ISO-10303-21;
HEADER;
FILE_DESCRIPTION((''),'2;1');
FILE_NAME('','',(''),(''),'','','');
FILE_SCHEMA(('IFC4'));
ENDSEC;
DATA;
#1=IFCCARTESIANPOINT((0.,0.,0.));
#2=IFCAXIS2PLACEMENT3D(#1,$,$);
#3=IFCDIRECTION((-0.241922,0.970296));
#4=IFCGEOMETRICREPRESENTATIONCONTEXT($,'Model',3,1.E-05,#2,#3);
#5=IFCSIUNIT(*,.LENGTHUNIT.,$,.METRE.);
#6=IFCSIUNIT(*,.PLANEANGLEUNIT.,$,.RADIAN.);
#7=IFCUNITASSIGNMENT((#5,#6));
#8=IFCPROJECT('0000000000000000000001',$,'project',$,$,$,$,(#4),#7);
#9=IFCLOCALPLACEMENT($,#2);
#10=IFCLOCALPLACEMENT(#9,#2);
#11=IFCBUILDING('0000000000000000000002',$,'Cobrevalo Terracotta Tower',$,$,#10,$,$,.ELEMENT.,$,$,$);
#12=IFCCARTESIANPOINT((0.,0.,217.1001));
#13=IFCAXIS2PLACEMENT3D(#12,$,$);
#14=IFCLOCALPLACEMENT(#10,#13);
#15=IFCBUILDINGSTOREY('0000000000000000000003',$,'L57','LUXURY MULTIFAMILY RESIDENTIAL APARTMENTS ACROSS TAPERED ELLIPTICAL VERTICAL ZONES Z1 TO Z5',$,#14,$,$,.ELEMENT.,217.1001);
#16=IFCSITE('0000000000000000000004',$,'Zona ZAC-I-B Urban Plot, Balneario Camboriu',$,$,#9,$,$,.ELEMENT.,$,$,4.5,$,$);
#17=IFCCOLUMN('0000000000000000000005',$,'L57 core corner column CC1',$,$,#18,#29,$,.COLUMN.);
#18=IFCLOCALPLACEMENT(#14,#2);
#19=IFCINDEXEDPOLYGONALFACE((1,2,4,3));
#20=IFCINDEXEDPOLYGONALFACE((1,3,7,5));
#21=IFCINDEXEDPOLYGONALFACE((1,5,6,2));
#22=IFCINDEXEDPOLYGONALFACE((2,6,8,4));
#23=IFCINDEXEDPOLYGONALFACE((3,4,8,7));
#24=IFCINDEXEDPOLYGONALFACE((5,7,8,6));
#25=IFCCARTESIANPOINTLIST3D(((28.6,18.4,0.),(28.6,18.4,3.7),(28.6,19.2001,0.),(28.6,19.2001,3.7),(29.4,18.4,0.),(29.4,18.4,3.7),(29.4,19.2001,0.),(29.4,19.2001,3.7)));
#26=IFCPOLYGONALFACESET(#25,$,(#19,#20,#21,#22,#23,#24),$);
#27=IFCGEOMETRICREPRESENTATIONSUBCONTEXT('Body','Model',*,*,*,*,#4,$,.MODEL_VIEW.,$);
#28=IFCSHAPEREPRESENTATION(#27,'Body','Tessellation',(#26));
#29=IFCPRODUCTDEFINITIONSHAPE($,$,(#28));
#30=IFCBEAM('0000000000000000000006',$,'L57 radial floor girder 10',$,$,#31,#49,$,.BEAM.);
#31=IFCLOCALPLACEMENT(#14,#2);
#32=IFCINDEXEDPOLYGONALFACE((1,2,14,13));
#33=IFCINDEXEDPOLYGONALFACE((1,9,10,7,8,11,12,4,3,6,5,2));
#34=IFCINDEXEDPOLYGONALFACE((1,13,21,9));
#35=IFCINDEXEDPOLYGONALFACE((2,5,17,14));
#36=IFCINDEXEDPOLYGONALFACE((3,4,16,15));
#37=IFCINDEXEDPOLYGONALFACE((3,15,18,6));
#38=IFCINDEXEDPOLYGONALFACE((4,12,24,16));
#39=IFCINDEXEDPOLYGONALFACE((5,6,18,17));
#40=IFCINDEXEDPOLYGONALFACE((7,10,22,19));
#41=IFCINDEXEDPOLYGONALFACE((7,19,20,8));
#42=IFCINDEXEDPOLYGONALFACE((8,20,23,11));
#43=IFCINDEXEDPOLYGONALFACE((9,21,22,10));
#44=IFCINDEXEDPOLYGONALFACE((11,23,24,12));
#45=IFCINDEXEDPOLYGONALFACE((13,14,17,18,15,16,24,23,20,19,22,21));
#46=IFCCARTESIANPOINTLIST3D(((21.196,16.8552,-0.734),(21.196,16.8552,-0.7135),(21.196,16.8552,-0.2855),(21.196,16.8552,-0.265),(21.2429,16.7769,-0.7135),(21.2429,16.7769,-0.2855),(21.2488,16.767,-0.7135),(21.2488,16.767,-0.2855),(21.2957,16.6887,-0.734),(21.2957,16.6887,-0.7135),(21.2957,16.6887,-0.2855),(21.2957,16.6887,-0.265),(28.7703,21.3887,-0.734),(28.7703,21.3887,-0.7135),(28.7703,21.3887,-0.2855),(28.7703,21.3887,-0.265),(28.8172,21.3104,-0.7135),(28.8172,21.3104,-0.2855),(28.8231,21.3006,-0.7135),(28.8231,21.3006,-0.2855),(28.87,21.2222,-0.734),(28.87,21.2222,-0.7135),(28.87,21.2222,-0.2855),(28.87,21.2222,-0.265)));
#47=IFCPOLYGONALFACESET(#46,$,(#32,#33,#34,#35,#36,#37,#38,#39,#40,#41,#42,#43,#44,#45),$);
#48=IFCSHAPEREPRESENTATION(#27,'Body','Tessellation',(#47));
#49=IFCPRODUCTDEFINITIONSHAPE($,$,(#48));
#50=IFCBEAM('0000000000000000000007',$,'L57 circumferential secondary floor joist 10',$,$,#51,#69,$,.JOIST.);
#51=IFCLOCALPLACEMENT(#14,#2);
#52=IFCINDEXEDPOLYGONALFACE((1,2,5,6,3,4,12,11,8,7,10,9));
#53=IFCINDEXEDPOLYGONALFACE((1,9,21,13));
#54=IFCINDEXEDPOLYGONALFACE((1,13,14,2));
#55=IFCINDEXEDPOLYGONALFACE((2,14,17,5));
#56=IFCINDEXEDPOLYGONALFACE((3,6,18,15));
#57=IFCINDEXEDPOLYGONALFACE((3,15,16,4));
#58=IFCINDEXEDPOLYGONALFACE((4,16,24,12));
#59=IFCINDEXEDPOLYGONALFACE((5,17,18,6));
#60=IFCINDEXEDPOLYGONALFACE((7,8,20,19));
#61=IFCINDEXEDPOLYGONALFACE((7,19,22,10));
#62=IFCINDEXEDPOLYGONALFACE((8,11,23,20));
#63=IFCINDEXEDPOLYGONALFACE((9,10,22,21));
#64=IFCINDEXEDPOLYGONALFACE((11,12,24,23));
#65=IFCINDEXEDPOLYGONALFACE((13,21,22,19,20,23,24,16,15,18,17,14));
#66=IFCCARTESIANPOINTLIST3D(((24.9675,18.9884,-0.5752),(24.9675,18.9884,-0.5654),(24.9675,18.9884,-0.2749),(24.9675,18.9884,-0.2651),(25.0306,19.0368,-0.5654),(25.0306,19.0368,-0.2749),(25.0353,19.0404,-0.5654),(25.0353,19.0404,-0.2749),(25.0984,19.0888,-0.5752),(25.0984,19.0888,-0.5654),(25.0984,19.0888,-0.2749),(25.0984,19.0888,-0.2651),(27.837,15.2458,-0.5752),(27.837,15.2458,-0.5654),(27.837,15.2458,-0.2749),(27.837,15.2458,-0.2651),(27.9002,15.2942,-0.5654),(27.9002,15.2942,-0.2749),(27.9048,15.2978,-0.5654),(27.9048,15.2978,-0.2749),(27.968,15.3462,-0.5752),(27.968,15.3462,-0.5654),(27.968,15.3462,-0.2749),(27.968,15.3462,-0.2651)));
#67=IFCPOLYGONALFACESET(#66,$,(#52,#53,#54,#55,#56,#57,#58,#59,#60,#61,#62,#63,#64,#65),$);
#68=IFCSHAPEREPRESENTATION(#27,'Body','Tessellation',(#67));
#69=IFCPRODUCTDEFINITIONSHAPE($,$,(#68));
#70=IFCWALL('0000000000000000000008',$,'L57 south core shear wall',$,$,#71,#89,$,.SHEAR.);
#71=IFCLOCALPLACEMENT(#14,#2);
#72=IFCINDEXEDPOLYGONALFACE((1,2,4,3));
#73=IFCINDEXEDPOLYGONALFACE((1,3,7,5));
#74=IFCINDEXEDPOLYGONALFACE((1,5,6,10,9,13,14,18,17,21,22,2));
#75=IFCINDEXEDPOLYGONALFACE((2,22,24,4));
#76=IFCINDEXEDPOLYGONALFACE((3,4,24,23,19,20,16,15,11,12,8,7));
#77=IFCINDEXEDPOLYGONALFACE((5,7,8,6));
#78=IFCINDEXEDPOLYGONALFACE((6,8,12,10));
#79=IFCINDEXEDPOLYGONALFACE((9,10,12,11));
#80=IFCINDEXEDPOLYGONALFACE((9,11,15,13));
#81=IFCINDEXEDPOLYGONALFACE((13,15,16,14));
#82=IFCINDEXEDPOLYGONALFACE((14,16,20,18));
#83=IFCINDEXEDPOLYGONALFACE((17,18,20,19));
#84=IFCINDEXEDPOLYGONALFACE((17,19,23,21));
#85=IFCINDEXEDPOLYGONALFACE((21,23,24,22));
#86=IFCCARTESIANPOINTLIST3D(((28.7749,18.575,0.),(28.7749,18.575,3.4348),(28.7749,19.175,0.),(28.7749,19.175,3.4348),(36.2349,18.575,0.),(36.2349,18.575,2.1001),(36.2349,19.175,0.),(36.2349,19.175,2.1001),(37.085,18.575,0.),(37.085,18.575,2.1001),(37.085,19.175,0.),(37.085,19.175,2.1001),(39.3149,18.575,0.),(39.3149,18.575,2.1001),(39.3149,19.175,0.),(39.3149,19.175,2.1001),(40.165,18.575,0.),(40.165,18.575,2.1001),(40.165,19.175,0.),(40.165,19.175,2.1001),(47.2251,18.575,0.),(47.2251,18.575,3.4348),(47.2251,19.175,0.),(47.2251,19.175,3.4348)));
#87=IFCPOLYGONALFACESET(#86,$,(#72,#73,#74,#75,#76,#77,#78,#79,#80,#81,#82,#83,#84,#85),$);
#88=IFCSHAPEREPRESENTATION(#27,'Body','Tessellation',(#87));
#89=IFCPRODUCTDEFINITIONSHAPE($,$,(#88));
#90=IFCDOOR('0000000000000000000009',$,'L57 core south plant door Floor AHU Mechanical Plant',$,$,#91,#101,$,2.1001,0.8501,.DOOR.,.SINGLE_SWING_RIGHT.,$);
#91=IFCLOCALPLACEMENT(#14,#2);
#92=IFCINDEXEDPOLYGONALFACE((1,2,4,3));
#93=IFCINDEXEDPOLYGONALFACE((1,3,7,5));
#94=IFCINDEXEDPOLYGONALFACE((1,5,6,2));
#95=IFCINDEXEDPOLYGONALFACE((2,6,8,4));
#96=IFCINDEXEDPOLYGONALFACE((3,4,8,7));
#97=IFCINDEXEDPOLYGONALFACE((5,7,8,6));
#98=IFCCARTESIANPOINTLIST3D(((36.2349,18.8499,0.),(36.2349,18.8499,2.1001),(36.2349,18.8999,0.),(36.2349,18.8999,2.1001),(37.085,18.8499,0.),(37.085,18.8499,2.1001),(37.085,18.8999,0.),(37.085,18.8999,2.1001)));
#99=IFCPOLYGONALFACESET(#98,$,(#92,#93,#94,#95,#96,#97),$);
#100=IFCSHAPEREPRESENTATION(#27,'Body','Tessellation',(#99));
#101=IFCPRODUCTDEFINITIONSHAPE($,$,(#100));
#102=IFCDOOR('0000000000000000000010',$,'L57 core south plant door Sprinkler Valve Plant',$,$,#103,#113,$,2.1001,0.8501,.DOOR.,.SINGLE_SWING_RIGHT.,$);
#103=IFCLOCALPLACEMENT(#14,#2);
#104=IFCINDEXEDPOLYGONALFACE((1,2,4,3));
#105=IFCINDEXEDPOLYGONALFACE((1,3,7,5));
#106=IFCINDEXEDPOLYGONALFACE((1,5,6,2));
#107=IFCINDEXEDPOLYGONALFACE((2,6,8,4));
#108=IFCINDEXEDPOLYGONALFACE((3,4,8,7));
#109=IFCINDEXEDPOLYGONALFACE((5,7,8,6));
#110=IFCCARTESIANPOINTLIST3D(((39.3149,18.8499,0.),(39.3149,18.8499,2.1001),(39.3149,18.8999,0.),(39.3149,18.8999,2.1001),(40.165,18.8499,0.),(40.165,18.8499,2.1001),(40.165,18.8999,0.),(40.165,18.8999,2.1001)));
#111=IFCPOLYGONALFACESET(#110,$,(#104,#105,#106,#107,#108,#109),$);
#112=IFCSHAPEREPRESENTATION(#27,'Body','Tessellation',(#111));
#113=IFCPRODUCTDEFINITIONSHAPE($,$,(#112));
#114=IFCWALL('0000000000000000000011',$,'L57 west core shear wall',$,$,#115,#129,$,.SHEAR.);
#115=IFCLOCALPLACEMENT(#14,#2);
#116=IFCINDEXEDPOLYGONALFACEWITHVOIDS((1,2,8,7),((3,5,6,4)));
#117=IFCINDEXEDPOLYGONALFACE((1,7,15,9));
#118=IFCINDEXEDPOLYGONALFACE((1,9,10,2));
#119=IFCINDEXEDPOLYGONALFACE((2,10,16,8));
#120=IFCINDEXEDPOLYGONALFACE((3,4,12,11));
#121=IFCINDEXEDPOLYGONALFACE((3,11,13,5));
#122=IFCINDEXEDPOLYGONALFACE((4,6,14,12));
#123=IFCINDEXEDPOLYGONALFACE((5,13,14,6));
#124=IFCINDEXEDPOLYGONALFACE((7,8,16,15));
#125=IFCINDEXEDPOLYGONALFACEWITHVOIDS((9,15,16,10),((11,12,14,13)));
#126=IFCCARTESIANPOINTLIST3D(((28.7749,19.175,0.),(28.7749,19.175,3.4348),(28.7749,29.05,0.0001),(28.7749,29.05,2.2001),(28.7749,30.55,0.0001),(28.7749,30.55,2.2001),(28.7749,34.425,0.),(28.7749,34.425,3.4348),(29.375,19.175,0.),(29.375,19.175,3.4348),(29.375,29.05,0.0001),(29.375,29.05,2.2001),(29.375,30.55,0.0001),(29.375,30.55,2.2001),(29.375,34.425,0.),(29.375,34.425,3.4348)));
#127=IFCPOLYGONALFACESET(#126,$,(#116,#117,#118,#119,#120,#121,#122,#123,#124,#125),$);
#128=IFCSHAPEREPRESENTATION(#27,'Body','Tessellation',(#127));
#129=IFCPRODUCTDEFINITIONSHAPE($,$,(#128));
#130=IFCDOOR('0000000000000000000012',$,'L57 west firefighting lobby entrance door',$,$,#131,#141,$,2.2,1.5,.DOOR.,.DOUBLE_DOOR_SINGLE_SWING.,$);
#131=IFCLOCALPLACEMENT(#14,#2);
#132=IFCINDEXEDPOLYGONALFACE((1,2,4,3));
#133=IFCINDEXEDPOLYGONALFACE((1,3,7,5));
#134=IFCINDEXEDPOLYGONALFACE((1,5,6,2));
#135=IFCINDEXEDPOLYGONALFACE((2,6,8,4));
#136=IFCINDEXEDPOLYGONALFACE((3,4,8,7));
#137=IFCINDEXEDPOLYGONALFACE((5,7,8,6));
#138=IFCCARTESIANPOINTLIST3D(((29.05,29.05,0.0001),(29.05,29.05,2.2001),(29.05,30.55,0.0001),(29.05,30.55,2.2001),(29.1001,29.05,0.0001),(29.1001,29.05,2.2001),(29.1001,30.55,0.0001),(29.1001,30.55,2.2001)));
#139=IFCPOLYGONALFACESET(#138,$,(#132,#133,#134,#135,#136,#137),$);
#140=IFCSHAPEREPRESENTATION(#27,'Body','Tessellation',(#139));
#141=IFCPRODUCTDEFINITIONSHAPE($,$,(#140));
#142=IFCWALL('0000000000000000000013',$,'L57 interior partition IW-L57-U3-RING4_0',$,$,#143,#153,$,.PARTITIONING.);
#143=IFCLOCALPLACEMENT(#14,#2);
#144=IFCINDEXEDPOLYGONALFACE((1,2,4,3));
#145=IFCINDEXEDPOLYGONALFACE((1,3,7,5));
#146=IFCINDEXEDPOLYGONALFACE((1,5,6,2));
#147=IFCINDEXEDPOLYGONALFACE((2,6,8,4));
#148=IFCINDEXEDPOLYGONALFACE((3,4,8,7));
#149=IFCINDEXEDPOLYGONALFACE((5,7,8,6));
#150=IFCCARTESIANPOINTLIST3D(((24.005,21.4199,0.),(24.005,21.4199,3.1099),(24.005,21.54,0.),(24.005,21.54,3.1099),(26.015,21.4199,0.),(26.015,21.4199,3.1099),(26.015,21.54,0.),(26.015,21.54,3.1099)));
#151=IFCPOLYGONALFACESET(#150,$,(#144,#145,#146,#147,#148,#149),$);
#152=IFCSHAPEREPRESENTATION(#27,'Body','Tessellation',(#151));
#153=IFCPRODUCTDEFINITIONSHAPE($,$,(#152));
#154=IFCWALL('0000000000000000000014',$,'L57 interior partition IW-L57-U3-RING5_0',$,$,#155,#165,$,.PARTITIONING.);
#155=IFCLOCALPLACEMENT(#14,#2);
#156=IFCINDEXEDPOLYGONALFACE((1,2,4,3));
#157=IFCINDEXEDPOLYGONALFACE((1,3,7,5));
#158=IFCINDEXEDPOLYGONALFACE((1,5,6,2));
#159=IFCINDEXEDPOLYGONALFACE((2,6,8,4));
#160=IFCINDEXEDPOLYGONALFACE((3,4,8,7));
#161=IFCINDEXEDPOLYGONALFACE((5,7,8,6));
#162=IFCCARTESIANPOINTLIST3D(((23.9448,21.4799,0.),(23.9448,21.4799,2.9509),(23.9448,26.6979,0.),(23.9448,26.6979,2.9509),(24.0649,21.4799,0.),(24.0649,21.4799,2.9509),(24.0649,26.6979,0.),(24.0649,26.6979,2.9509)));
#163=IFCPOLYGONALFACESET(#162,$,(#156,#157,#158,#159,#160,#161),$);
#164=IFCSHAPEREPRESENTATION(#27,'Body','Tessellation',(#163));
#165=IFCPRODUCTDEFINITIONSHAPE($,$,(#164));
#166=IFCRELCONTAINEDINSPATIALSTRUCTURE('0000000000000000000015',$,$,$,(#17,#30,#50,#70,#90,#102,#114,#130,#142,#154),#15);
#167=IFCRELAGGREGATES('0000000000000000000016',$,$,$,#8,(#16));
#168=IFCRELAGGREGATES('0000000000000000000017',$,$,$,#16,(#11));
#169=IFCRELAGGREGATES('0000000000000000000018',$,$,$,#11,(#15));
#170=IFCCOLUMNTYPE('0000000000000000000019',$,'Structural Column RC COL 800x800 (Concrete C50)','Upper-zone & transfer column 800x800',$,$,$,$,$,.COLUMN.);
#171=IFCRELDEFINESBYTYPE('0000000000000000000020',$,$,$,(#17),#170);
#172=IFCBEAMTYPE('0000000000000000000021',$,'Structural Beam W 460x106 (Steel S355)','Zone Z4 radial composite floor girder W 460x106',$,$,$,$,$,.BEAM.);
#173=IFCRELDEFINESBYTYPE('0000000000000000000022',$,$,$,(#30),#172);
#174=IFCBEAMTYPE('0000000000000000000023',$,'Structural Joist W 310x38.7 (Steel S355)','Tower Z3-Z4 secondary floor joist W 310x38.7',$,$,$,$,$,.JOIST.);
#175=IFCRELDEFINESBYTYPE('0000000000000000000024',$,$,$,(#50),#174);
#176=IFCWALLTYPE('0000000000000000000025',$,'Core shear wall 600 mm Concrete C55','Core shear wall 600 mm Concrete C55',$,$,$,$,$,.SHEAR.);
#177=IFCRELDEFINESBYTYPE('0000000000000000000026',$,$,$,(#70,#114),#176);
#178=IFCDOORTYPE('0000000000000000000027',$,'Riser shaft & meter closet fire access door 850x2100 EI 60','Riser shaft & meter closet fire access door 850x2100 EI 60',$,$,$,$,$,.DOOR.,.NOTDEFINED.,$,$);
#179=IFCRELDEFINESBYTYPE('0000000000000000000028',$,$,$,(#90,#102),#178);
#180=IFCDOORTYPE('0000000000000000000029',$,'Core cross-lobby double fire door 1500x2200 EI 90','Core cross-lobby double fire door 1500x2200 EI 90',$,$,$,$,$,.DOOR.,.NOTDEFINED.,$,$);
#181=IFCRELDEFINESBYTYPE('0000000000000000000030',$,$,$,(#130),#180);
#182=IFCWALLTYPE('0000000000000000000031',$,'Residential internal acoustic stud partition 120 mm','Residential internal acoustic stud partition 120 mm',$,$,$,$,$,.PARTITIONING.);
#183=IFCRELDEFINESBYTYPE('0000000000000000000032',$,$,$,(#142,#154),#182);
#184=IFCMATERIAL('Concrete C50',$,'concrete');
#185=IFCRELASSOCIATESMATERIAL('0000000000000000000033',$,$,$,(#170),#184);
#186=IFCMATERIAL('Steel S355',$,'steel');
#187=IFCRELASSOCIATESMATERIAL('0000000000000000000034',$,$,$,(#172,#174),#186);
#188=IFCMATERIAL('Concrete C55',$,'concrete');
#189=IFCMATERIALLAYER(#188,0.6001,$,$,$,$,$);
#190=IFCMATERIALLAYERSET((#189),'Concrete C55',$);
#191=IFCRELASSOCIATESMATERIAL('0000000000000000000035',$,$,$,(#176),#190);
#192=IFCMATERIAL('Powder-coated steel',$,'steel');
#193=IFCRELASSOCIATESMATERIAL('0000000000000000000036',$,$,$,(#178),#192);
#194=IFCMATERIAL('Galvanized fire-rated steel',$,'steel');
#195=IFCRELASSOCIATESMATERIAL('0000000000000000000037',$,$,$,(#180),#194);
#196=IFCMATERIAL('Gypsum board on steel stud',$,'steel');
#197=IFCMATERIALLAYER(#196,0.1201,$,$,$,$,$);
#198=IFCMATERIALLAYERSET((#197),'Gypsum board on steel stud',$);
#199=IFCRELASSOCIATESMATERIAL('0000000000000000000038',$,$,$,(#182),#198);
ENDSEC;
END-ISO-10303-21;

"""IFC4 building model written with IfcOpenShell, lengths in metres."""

from ifc_helpers import new_model, si_unit, direction, frame, frame_2d, origin, origin_2d, place, context, subcontext, project, spatial, rectangle, i_section, extrude, source, transform, mapped, material, layer, layer_set, material_profile, profile_set, type_object, element, fill, save


model = new_model("IFC4")

# Units and contexts
model_context = context("Model", 3, precision=1e-05, world=origin(), true_north=direction((-0.241922, 0.970296)))
body_context = subcontext(model_context, "Body", "Model", "MODEL_VIEW")
ifc_project = project(units=[si_unit("LENGTHUNIT", "METRE"), si_unit("PLANEANGLEUNIT", "RADIAN")], contexts=[model_context])

# Site, building, storey
site_placement = place(None, origin())
site = spatial("IfcSite", under=ifc_project, at=site_placement, Name="Zona ZAC-I-B Urban Plot, Balneario Camboriu", CompositionType="ELEMENT", RefElevation=4.5)
building_placement = place(site_placement, origin())
building = spatial("IfcBuilding", under=site, at=building_placement, Name="Cobrevalo Terracotta Tower", CompositionType="ELEMENT")
storey_placement = place(building_placement, frame((0.0, 0.0, 217.1001)))
storey = spatial("IfcBuildingStorey", under=building, at=storey_placement, Name="L57", Description="LUXURY MULTIFAMILY RESIDENTIAL APARTMENTS ACROSS TAPERED ELLIPTICAL VERTICAL ZONES Z1 TO Z5", CompositionType="ELEMENT", Elevation=217.1001)

# Column
ifc_material_1 = material(Name="Concrete C50", Category="concrete")
ifc_material_profile_1 = material_profile(ifc_material_1, rectangle(XDim=0.8, YDim=0.8, at=origin_2d()), Name="RC COL 800x800")
ifc_profile_set_1 = profile_set([ifc_material_profile_1], Name="Concrete C50")
column_type = type_object("IfcColumnType", Name="Structural Column RC COL 800x800 (Concrete C50)", Description="Upper-zone & transfer column 800x800", PredefinedType="COLUMN", material=ifc_profile_set_1)
column_placement = place(storey_placement, frame((29.0, 18.8, 0.0), z_axis=(0.0, 0.0, 1.0), x_axis=(1.0, 0.0, 0.0)))
element("IfcColumn", 1, at=column_placement, inside=storey, type_object=column_type, Name="L57 core corner column CC1", PredefinedType="COLUMN", context=body_context, shape_type="SweptSolid", body=[
    extrude(rectangle(XDim=0.8, YDim=0.8, at=origin_2d()), origin(), (0.0, 0.0, 1.0), 3.7),
])

# Beams
ifc_material_2 = material(Name="Steel S355", Category="steel")
ifc_material_profile_2 = material_profile(ifc_material_2, i_section(OverallWidth=0.1941, OverallDepth=0.469, WebThickness=0.0115, FlangeThickness=0.0205, at=origin_2d()), Name="W 460x106")
ifc_profile_set_2 = profile_set([ifc_material_profile_2], Name="Steel S355")
beam_type_1 = type_object("IfcBeamType", Name="Structural Beam W 460x106 (Steel S355)", Description="Zone Z4 radial composite floor girder W 460x106", PredefinedType="BEAM", material=ifc_profile_set_2)
beam_1_placement = place(storey_placement, frame((21.2458, 16.772, -0.4995), z_axis=(0.858046, 0.513572, 0.0), x_axis=(-0.513572, 0.858046, 0.0)))
element("IfcBeam", 2, at=beam_1_placement, inside=storey, type_object=beam_type_1, Name="L57 radial floor girder 10", PredefinedType="BEAM", context=body_context, shape_type="SweptSolid", body=[
    extrude(i_section(OverallWidth=0.1941, OverallDepth=0.469, WebThickness=0.0115, FlangeThickness=0.0205, at=origin_2d()), origin(), (0.0, 0.0, 1.0), 8.8274),
])
ifc_material_profile_3 = material_profile(ifc_material_2, i_section(OverallWidth=0.165, OverallDepth=0.3101, WebThickness=0.0059, FlangeThickness=0.0098, at=origin_2d()), Name="W 310x38.7")
ifc_profile_set_3 = profile_set([ifc_material_profile_3], Name="Steel S355")
beam_type_2 = type_object("IfcBeamType", Name="Structural Joist W 310x38.7 (Steel S355)", Description="Tower Z3-Z4 secondary floor joist W 310x38.7", PredefinedType="JOIST", material=ifc_profile_set_3)
beam_2_placement = place(storey_placement, frame((25.033, 19.0386, -0.4202), z_axis=(0.608464, -0.793581, 0.0), x_axis=(0.793581, 0.608464, 0.0)))
element("IfcBeam", 3, at=beam_2_placement, inside=storey, type_object=beam_type_2, Name="L57 circumferential secondary floor joist 10", PredefinedType="JOIST", context=body_context, shape_type="SweptSolid", body=[
    extrude(i_section(OverallWidth=0.165, OverallDepth=0.3101, WebThickness=0.0059, FlangeThickness=0.0098, at=origin_2d()), origin(), (0.0, 0.0, 1.0), 4.7161),
])

# Wall, openings, doors
ifc_material_3 = material(Name="Concrete C55", Category="concrete")
ifc_layer_1 = layer(ifc_material_3, 0.6001)
ifc_layer_set_1 = layer_set([ifc_layer_1], Name="Concrete C55")
wall_type_1 = type_object("IfcWallType", Name="Core shear wall 600 mm Concrete C55", Description="Core shear wall 600 mm Concrete C55", PredefinedType="SHEAR", material=ifc_layer_set_1)
wall_1_placement = place(storey_placement, frame((28.7749, 18.875, 0.0), z_axis=(0.0, 0.0, 1.0), x_axis=(1.0, 0.0, 0.0)))
wall_1 = element("IfcWall", 4, at=wall_1_placement, inside=storey, type_object=wall_type_1, Name="L57 south core shear wall", PredefinedType="SHEAR", context=body_context, shape_type="SweptSolid", body=[
    extrude(rectangle(XDim=18.4502, YDim=0.6001, at=frame_2d((9.2251, 0.0))), origin(), (0.0, 0.0, 1.0), 3.4348),
])
opening_1_placement = place(wall_1_placement, frame((7.46, 0.0, 0.0)))
opening_1 = element("IfcOpeningElement", 5, at=opening_1_placement, cuts=wall_1, PredefinedType="OPENING", context=body_context, shape_type="SweptSolid", body=[
    extrude(rectangle(XDim=0.8501, YDim=2.1001, at=frame_2d((0.425, 1.05))), frame((0.0, 0.3101, 0.0), z_axis=(0.0, -1.0, 0.0), x_axis=(1.0, 0.0, 0.0)), (0.0, 0.0, 1.0), 0.6201),
])
opening_2_placement = place(wall_1_placement, frame((10.54, 0.0, 0.0)))
opening_2 = element("IfcOpeningElement", 6, at=opening_2_placement, cuts=wall_1, PredefinedType="OPENING", context=body_context, shape_type="SweptSolid", body=[
    extrude(rectangle(XDim=0.8501, YDim=2.1001, at=frame_2d((0.425, 1.05))), frame((0.0, 0.3101, 0.0), z_axis=(0.0, -1.0, 0.0), x_axis=(1.0, 0.0, 0.0)), (0.0, 0.0, 1.0), 0.6201),
])
ifc_material_4 = material(Name="Powder-coated steel", Category="steel")
door_type_1 = type_object("IfcDoorType", Name="Riser shaft & meter closet fire access door 850x2100 EI 60", Description="Riser shaft & meter closet fire access door 850x2100 EI 60", OperationType="NOTDEFINED", PredefinedType="DOOR", material=ifc_material_4)
shared_shape_1 = source(origin(), body_context, "Body", "SweptSolid", [
    extrude(rectangle(XDim=0.8501, YDim=2.1001, at=frame_2d((0.425, 1.05))), frame((0.0, 0.0249, 0.0), z_axis=(0.0, -1.0, 0.0), x_axis=(1.0, 0.0, 0.0)), (0.0, 0.0, 1.0), 0.05),
])
door_1_placement = place(opening_1_placement, origin())
door_1 = element("IfcDoor", 7, at=door_1_placement, inside=storey, type_object=door_type_1, Name="L57 core south plant door Floor AHU Mechanical Plant", OperationType="SINGLE_SWING_RIGHT", OverallHeight=2.1001, OverallWidth=0.8501, PredefinedType="DOOR", context=body_context, shape_type="MappedRepresentation", body=[
    mapped(shared_shape_1, transform((0.0, 0.0, 0.0), scale=1.0)),
])
fill(opening_1, door_1)
door_2_placement = place(opening_2_placement, origin())
door_2 = element("IfcDoor", 8, at=door_2_placement, inside=storey, type_object=door_type_1, Name="L57 core south plant door Sprinkler Valve Plant", OperationType="SINGLE_SWING_RIGHT", OverallHeight=2.1001, OverallWidth=0.8501, PredefinedType="DOOR", context=body_context, shape_type="MappedRepresentation", body=[
    mapped(shared_shape_1, transform((0.0, 0.0, 0.0), scale=1.0)),
])
fill(opening_2, door_2)

# Wall, opening, door
wall_2_placement = place(storey_placement, frame((29.075, 19.175, 0.0), z_axis=(0.0, 0.0, 1.0), x_axis=(0.0, 1.0, 0.0)))
wall_2 = element("IfcWall", 9, at=wall_2_placement, inside=storey, type_object=wall_type_1, Name="L57 west core shear wall", PredefinedType="SHEAR", context=body_context, shape_type="SweptSolid", body=[
    extrude(rectangle(XDim=15.25, YDim=0.6001, at=frame_2d((7.625, 0.0))), origin(), (0.0, 0.0, 1.0), 3.4348),
])
opening_3_placement = place(wall_2_placement, frame((9.875, 0.0, 0.0)))
opening_3 = element("IfcOpeningElement", 10, at=opening_3_placement, cuts=wall_2, PredefinedType="OPENING", context=body_context, shape_type="SweptSolid", body=[
    extrude(rectangle(XDim=1.5, YDim=2.2, at=frame_2d((0.75, 1.1001))), frame((0.0, 0.3101, 0.0), z_axis=(0.0, -1.0, 0.0), x_axis=(1.0, 0.0, 0.0)), (0.0, 0.0, 1.0), 0.6201),
])
ifc_material_5 = material(Name="Galvanized fire-rated steel", Category="steel")
door_type_2 = type_object("IfcDoorType", Name="Core cross-lobby double fire door 1500x2200 EI 90", Description="Core cross-lobby double fire door 1500x2200 EI 90", OperationType="NOTDEFINED", PredefinedType="DOOR", material=ifc_material_5)
shared_shape_2 = source(origin(), body_context, "Body", "SweptSolid", [
    extrude(rectangle(XDim=1.5, YDim=2.2, at=frame_2d((0.75, 1.1001))), frame((0.0, 0.0249, 0.0), z_axis=(0.0, -1.0, 0.0), x_axis=(1.0, 0.0, 0.0)), (0.0, 0.0, 1.0), 0.05),
])
door_3_placement = place(opening_3_placement, origin())
door_3 = element("IfcDoor", 11, at=door_3_placement, inside=storey, type_object=door_type_2, Name="L57 west firefighting lobby entrance door", OperationType="DOUBLE_DOOR_SINGLE_SWING", OverallHeight=2.2, OverallWidth=1.5, PredefinedType="DOOR", context=body_context, shape_type="MappedRepresentation", body=[
    mapped(shared_shape_2, transform((0.0, 0.0, 0.0), scale=1.0)),
])
fill(opening_3, door_3)

# Walls
ifc_material_6 = material(Name="Gypsum board on steel stud", Category="steel")
ifc_layer_2 = layer(ifc_material_6, 0.1201)
ifc_layer_set_2 = layer_set([ifc_layer_2], Name="Gypsum board on steel stud")
wall_type_2 = type_object("IfcWallType", Name="Residential internal acoustic stud partition 120 mm", Description="Residential internal acoustic stud partition 120 mm", PredefinedType="PARTITIONING", material=ifc_layer_set_2)
wall_3_placement = place(storey_placement, frame((26.0149, 21.48, 0.0), z_axis=(0.0, 0.0, 1.0), x_axis=(-1.0, 0.0, 0.0)))
element("IfcWall", 12, at=wall_3_placement, inside=storey, type_object=wall_type_2, Name="L57 interior partition IW-L57-U3-RING4_0", PredefinedType="PARTITIONING", context=body_context, shape_type="SweptSolid", body=[
    extrude(rectangle(XDim=2.01, YDim=0.1201, at=frame_2d((1.0049, 0.0))), origin(), (0.0, 0.0, 1.0), 3.1099),
])
wall_4_placement = place(storey_placement, frame((24.0049, 21.48, 0.0), z_axis=(0.0, 0.0, 1.0), x_axis=(0.0, 1.0, 0.0)))
element("IfcWall", 13, at=wall_4_placement, inside=storey, type_object=wall_type_2, Name="L57 interior partition IW-L57-U3-RING5_0", PredefinedType="PARTITIONING", context=body_context, shape_type="SweptSolid", body=[
    extrude(rectangle(XDim=5.218, YDim=0.1201, at=frame_2d((2.6089, 0.0))), origin(), (0.0, 0.0, 1.0), 2.9509),
])

save(model, "model.ifc")
